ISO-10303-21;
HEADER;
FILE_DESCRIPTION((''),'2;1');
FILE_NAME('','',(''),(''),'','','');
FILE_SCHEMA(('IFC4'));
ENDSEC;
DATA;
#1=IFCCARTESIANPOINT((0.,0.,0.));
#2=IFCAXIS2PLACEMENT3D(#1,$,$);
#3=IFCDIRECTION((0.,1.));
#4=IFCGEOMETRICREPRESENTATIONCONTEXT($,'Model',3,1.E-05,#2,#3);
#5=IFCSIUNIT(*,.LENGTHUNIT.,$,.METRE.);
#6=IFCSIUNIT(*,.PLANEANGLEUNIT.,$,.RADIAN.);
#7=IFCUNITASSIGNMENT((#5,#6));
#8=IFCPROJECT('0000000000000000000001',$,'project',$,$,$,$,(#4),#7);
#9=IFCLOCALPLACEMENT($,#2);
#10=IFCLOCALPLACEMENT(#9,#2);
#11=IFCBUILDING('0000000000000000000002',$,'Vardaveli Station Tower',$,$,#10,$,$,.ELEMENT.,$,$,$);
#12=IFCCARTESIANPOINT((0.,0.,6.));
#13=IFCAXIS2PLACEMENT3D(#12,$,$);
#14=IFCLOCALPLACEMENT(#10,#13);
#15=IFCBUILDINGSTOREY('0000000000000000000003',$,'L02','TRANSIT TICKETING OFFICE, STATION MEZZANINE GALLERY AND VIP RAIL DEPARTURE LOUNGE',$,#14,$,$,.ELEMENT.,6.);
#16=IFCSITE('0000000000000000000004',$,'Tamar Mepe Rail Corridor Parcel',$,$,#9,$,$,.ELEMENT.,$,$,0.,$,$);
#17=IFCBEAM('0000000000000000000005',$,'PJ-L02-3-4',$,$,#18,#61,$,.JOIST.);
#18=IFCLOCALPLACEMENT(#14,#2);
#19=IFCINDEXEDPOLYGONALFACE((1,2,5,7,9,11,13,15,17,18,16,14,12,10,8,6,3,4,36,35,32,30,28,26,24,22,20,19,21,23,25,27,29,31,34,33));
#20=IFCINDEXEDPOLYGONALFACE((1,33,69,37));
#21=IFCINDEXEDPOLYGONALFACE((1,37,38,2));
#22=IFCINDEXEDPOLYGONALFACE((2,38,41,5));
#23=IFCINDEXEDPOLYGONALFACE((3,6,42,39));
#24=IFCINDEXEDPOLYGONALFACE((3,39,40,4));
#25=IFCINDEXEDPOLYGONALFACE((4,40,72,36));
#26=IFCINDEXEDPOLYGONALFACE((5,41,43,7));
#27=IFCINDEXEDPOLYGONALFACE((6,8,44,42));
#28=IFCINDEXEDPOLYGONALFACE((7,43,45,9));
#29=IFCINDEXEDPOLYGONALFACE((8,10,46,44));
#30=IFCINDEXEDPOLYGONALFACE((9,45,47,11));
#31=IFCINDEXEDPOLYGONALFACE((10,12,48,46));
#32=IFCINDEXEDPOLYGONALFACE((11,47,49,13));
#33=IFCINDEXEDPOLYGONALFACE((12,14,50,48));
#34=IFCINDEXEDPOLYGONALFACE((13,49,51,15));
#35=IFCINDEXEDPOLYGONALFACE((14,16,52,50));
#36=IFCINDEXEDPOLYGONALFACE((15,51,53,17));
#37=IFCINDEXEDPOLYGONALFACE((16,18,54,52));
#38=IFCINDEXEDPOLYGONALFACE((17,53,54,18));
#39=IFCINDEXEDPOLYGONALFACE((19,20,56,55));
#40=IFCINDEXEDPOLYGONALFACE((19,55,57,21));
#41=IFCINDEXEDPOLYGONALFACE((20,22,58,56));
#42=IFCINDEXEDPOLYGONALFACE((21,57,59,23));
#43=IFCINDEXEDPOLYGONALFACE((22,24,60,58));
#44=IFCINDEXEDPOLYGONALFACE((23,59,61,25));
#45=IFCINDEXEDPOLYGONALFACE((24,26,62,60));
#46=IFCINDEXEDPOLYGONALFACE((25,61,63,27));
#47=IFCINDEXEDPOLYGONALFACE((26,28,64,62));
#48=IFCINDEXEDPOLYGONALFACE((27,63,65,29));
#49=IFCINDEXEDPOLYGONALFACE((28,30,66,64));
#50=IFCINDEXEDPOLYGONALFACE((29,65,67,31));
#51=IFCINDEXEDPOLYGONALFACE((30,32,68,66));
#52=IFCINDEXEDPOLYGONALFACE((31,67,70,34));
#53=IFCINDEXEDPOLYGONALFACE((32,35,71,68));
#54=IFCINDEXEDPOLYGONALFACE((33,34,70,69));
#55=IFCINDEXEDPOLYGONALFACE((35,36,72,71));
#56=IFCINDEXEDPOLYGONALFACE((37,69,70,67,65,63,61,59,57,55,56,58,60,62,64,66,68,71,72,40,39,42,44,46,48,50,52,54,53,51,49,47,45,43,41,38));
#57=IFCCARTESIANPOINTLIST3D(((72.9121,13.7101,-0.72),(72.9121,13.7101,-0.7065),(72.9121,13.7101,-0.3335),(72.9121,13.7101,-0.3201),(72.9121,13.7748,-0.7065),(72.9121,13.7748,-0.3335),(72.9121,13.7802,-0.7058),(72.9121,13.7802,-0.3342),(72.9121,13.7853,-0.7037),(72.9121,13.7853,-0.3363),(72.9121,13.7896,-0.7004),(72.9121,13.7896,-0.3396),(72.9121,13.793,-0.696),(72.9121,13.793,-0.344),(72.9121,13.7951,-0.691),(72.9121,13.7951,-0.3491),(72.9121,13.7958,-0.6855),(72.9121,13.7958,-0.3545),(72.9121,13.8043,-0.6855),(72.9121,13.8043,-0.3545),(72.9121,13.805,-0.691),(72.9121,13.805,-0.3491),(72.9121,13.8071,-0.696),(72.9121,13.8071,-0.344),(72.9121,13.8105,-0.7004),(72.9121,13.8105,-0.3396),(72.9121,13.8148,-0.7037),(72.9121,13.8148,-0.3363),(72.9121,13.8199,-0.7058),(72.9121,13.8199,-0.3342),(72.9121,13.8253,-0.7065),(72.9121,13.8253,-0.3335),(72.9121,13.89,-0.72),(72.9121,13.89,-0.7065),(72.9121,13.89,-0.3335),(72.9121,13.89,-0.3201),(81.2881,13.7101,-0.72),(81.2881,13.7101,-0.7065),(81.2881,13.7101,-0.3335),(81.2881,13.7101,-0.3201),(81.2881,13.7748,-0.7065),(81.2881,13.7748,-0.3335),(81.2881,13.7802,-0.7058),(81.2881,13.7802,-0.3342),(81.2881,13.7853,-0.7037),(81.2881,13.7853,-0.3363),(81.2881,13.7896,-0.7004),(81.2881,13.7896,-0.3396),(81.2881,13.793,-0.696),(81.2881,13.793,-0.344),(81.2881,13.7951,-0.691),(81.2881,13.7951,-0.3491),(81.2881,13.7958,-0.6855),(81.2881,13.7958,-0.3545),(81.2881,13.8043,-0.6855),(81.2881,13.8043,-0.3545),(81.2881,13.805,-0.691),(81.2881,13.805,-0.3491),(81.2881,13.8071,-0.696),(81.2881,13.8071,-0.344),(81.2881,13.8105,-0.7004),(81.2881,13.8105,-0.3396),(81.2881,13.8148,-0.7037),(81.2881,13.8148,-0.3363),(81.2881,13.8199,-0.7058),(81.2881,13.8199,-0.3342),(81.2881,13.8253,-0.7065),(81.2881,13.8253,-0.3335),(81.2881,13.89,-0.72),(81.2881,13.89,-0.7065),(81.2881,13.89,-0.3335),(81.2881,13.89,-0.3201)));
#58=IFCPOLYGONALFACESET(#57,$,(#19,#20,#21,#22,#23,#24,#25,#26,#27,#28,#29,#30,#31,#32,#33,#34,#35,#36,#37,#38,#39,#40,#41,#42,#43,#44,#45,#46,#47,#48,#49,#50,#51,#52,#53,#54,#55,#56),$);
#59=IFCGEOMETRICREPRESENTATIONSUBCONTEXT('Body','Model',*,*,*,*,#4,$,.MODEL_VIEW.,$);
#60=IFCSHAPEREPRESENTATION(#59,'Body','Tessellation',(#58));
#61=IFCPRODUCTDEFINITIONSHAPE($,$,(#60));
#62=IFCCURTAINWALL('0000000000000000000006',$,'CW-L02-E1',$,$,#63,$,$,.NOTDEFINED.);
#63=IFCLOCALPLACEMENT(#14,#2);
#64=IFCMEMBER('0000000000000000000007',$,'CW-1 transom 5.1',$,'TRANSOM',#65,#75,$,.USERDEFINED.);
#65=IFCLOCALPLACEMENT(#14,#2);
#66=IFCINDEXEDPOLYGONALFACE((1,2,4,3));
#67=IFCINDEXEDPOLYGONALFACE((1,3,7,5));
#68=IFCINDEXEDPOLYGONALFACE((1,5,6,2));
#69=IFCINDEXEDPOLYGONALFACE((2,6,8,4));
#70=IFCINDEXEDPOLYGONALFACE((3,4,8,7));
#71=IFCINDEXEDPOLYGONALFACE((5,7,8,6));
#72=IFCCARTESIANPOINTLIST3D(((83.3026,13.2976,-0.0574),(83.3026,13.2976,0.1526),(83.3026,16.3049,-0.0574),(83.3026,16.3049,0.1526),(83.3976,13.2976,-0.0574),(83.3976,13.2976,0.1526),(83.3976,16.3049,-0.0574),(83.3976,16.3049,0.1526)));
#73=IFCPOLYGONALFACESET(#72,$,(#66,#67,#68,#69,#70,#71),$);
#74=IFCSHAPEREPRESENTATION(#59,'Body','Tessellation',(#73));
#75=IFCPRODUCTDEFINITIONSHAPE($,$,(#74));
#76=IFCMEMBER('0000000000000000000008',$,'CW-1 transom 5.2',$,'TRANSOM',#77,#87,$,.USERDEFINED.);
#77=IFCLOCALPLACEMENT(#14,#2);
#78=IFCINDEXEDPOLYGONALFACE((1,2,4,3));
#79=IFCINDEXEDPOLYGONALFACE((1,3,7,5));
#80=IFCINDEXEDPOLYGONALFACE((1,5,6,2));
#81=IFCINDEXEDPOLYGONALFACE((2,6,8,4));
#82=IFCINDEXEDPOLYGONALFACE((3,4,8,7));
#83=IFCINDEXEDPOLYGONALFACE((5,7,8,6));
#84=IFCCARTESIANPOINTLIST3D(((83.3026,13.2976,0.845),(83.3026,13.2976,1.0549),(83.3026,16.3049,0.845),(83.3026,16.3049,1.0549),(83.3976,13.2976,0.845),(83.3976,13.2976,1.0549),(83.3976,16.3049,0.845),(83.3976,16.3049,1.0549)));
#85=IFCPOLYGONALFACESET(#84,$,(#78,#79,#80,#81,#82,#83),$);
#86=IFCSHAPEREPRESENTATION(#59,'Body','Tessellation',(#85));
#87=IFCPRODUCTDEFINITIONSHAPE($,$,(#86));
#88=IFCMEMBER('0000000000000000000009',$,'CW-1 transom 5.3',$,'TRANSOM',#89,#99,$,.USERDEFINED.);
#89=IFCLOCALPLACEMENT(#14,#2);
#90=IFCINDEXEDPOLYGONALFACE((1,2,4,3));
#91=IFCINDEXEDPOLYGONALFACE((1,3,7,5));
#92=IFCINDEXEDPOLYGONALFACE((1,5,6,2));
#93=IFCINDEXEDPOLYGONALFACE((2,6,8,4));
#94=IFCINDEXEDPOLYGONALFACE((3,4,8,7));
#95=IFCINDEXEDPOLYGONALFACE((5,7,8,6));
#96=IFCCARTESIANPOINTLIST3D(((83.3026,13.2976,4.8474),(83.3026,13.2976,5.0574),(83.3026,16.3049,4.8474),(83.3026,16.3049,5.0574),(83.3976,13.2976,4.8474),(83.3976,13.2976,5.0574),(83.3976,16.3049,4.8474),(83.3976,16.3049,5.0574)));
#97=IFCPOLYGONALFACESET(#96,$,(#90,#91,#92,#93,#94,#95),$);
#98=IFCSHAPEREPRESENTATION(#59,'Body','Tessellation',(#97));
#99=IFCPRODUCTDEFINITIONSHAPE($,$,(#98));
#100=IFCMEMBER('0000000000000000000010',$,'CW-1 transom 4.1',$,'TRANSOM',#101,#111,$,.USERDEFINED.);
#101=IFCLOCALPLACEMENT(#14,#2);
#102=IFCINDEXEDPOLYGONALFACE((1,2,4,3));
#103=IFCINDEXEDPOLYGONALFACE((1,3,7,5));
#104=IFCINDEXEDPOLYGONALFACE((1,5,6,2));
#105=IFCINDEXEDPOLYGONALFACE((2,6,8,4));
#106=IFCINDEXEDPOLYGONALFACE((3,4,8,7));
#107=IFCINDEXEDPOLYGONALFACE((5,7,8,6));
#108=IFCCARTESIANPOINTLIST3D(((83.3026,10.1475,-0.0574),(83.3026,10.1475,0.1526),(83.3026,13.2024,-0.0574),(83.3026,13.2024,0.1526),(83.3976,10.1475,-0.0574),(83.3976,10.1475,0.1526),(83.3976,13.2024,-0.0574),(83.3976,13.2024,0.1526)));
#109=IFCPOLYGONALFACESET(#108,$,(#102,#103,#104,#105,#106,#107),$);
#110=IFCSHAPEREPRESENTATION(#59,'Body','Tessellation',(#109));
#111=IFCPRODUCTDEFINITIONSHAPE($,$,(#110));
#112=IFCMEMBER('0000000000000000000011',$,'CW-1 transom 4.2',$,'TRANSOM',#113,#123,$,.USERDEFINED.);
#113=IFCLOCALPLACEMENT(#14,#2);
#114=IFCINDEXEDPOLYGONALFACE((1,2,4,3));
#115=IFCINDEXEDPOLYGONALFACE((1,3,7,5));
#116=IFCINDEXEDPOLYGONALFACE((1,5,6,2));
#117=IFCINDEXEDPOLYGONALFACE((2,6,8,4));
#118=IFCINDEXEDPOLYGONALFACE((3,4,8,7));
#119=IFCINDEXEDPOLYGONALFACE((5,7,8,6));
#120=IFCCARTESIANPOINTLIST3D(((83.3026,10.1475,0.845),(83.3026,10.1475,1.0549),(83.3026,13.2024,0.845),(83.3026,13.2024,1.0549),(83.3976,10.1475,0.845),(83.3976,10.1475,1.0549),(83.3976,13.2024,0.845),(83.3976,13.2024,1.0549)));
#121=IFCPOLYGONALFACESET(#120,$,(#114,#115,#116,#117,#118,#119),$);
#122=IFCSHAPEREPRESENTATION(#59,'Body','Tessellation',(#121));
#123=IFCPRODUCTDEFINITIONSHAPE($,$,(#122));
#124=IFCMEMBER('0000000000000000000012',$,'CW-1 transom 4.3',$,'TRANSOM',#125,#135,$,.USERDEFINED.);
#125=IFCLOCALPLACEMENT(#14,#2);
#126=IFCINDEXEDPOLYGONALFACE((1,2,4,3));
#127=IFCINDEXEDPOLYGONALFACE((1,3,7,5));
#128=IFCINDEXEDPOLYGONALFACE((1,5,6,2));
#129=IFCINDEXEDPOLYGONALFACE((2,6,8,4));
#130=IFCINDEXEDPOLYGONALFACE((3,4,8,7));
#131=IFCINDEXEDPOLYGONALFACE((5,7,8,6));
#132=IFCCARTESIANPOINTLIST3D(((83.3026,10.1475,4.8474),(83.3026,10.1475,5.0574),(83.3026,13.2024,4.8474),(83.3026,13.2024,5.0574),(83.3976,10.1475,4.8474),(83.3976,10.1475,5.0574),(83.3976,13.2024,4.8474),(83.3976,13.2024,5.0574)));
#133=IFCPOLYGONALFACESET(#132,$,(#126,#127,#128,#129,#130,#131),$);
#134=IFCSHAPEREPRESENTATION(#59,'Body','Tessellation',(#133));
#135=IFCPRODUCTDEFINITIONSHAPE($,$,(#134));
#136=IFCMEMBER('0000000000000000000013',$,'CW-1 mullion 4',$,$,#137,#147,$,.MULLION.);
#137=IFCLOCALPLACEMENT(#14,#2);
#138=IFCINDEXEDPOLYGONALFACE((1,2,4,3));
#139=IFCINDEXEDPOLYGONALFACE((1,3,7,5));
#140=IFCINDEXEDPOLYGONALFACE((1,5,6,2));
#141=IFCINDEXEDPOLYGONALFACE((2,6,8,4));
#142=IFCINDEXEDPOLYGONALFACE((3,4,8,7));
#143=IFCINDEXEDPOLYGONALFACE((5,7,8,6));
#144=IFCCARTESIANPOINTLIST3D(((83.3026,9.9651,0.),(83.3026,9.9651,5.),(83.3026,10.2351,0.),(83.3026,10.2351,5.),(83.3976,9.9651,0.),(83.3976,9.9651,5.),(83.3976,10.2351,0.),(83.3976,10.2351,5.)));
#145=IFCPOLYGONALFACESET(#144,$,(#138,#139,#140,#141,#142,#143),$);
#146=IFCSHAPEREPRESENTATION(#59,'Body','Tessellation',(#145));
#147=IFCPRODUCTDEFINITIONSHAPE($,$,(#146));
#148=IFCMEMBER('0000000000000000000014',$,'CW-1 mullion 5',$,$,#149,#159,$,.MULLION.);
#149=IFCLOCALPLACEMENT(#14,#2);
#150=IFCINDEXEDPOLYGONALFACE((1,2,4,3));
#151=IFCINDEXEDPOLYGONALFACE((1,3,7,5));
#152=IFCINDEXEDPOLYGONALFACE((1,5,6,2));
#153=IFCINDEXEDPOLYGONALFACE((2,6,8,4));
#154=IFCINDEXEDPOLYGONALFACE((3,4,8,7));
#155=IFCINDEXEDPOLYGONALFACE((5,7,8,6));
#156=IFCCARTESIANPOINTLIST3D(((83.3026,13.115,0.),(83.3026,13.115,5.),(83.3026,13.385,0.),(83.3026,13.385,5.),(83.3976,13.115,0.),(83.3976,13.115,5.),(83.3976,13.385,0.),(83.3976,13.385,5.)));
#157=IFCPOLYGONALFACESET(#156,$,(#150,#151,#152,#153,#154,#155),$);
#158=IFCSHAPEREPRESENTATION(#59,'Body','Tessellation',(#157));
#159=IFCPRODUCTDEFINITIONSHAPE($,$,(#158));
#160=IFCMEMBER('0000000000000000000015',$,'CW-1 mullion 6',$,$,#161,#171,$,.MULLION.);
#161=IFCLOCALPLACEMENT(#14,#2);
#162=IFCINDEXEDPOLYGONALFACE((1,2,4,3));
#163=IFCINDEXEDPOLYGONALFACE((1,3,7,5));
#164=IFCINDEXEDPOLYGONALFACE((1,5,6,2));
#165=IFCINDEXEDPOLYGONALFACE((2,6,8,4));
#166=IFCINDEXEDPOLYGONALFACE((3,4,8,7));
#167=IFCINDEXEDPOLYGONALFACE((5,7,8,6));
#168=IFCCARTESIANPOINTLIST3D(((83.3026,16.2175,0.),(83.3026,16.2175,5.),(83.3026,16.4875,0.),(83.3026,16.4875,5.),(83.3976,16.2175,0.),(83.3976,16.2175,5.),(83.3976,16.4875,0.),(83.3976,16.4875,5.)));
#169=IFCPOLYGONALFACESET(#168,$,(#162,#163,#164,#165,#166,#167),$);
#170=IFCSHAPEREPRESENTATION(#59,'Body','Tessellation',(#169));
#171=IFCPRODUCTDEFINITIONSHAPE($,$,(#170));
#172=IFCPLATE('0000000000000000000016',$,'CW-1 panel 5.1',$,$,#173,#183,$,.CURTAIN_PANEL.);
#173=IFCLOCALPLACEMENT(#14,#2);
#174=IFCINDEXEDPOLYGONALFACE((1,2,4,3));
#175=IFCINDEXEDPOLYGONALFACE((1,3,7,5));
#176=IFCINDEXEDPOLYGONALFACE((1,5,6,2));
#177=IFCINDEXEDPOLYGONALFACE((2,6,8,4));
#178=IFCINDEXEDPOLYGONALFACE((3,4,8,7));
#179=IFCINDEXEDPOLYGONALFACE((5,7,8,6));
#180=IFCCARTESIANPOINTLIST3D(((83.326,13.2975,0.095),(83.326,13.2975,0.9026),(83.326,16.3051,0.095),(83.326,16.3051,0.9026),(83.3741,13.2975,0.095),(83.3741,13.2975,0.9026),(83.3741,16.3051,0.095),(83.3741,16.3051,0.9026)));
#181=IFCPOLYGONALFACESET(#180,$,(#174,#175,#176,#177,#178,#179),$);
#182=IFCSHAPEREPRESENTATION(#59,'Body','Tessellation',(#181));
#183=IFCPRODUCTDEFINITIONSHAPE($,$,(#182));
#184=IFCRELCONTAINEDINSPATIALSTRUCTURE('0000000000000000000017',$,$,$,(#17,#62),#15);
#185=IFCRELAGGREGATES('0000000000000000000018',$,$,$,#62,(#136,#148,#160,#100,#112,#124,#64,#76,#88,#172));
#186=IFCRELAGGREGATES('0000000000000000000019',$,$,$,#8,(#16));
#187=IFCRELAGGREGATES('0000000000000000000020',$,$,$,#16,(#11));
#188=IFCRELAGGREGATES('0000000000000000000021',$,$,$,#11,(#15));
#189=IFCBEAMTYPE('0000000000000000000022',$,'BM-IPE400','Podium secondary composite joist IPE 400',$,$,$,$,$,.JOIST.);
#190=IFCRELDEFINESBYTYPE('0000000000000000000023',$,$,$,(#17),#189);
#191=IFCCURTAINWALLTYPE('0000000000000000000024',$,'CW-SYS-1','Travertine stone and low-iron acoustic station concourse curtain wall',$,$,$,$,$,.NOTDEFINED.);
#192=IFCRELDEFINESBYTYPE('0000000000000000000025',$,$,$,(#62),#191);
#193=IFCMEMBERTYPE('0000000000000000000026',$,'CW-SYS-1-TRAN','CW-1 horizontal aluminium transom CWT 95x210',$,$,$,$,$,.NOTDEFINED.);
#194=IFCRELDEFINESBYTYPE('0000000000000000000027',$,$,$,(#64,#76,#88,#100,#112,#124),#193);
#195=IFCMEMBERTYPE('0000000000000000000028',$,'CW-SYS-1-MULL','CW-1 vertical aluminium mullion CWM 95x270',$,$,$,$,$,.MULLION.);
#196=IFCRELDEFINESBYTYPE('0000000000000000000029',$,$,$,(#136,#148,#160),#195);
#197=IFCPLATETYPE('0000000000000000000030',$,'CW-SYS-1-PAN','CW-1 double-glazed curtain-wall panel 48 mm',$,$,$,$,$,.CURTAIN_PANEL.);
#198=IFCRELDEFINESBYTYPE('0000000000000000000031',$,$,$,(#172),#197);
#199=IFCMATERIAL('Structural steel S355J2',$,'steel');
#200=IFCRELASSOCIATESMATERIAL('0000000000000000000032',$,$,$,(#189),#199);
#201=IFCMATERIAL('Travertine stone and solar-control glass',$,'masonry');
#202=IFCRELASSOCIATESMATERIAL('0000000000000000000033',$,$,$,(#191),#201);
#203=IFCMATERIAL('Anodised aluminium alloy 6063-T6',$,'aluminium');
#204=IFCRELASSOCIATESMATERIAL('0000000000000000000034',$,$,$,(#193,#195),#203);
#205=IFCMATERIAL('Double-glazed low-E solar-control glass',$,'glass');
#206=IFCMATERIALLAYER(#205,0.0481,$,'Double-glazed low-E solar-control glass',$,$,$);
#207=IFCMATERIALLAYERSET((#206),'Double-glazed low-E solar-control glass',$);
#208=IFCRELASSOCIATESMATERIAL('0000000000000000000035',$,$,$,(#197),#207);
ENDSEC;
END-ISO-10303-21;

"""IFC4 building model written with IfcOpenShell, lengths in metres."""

from ifc_helpers import new_model, si_unit, direction, frame, origin, origin_2d, place, context, subcontext, project, spatial, rectangle, i_section, extrude, source, transform, mapped, material, layer, layer_set, material_profile, profile_set, type_object, element, aggregate, save


model = new_model("IFC4")

# Units and contexts
model_context = context("Model", 3, precision=1e-05, world=origin(), true_north=direction((0.0, 1.0)))
body_context = subcontext(model_context, "Body", "Model", "MODEL_VIEW")
ifc_project = project(units=[si_unit("LENGTHUNIT", "METRE"), si_unit("PLANEANGLEUNIT", "RADIAN")], contexts=[model_context])

# Site, building, storey
site_placement = place(None, origin())
site = spatial("IfcSite", under=ifc_project, at=site_placement, Name="Tamar Mepe Rail Corridor Parcel", CompositionType="ELEMENT", RefElevation=0.0)
building_placement = place(site_placement, origin())
building = spatial("IfcBuilding", under=site, at=building_placement, Name="Vardaveli Station Tower", CompositionType="ELEMENT")
storey_placement = place(building_placement, frame((0.0, 0.0, 6.0)))
storey = spatial("IfcBuildingStorey", under=building, at=storey_placement, Name="L02", Description="TRANSIT TICKETING OFFICE, STATION MEZZANINE GALLERY AND VIP RAIL DEPARTURE LOUNGE", CompositionType="ELEMENT", Elevation=6.0)

# Beam
ifc_material_1 = material(Name="Structural steel S355J2", Category="steel")
ifc_material_profile_1 = material_profile(ifc_material_1, i_section(OverallWidth=0.1799, OverallDepth=0.3999, WebThickness=0.0085, FlangeThickness=0.0134, FilletRadius=0.021, at=origin_2d()), Name="IPE 400")
ifc_profile_set_1 = profile_set([ifc_material_profile_1], Name="Structural steel S355J2")
beam_type_1 = type_object("IfcBeamType", Name="BM-IPE400", Description="Podium secondary composite joist IPE 400", PredefinedType="JOIST", material=ifc_profile_set_1)
shared_shape_1 = source(origin(), body_context, "Body", "SweptSolid", [
    extrude(i_section(OverallWidth=0.1799, OverallDepth=0.3999, WebThickness=0.0085, FlangeThickness=0.0134, FilletRadius=0.021, at=origin_2d()), origin(), (0.0, 0.0, 1.0), 8.376),
])
for number, where, z_axis, x_axis, name in (
    (1, (72.9121, 13.8, -0.52), (1.0, 0.0, 0.0), (0.0, 1.0, 0.0), "PJ-L02-3-4"),
):
    element("IfcBeam", number, at=place(storey_placement, frame(where, z_axis=z_axis, x_axis=x_axis)), inside=storey, type_object=beam_type_1, Name=name, PredefinedType="JOIST", context=body_context, shape_type="MappedRepresentation", body=[
        mapped(shared_shape_1, transform((0.0, 0.0, 0.0), scale=1.0)),
    ])

# Curtain wall, members, plate
ifc_material_2 = material(Name="Travertine stone and solar-control glass", Category="masonry")
curtain_wall_type = type_object("IfcCurtainWallType", Name="CW-SYS-1", Description="Travertine stone and low-iron acoustic station concourse curtain wall", PredefinedType="NOTDEFINED", material=ifc_material_2)
curtain_wall_placement = place(storey_placement, origin())
curtain_wall = element("IfcCurtainWall", 2, at=curtain_wall_placement, inside=storey, type_object=curtain_wall_type, Name="CW-L02-E1", PredefinedType="NOTDEFINED")
ifc_material_3 = material(Name="Anodised aluminium alloy 6063-T6", Category="aluminium")
ifc_material_profile_2 = material_profile(ifc_material_3, rectangle(XDim=0.095, YDim=0.21, at=origin_2d()), Name="CWT 95x210")
ifc_profile_set_2 = profile_set([ifc_material_profile_2], Name="Anodised aluminium alloy 6063-T6")
member_type_1 = type_object("IfcMemberType", Name="CW-SYS-1-TRAN", Description="CW-1 horizontal aluminium transom CWT 95x210", PredefinedType="NOTDEFINED", material=ifc_profile_set_2)
shared_shape_2 = source(origin(), body_context, "Body", "SweptSolid", [
    extrude(rectangle(XDim=0.095, YDim=0.21, at=origin_2d()), origin(), (0.0, 0.0, 1.0), 3.0073),
])
member_1_placement = place(storey_placement, frame((83.3501, 13.2976, 0.0476), z_axis=(0.0, 1.0, 0.0), x_axis=(-1.0, 0.0, 0.0)))
member_1 = element("IfcMember", 3, at=member_1_placement, type_object=member_type_1, Name="CW-1 transom 5.1", ObjectType="TRANSOM", PredefinedType="USERDEFINED", context=body_context, shape_type="MappedRepresentation", body=[
    mapped(shared_shape_2, transform((0.0, 0.0, 0.0), scale=1.0)),
])
member_2_placement = place(storey_placement, frame((83.3501, 13.2976, 0.95), z_axis=(0.0, 1.0, 0.0), x_axis=(-1.0, 0.0, 0.0)))
member_2 = element("IfcMember", 4, at=member_2_placement, type_object=member_type_1, Name="CW-1 transom 5.2", ObjectType="TRANSOM", PredefinedType="USERDEFINED", context=body_context, shape_type="MappedRepresentation", body=[
    mapped(shared_shape_2, transform((0.0, 0.0, 0.0), scale=1.0)),
])
member_3_placement = place(storey_placement, frame((83.3501, 13.2976, 4.9524), z_axis=(0.0, 1.0, 0.0), x_axis=(-1.0, 0.0, 0.0)))
member_3 = element("IfcMember", 5, at=member_3_placement, type_object=member_type_1, Name="CW-1 transom 5.3", ObjectType="TRANSOM", PredefinedType="USERDEFINED", context=body_context, shape_type="MappedRepresentation", body=[
    mapped(shared_shape_2, transform((0.0, 0.0, 0.0), scale=1.0)),
])
shared_shape_3 = source(origin(), body_context, "Body", "SweptSolid", [
    extrude(rectangle(XDim=0.095, YDim=0.21, at=origin_2d()), origin(), (0.0, 0.0, 1.0), 3.0549),
])
member_4_placement = place(storey_placement, frame((83.3501, 10.1475, 0.0476), z_axis=(0.0, 1.0, 0.0), x_axis=(-1.0, 0.0, 0.0)))
member_4 = element("IfcMember", 6, at=member_4_placement, type_object=member_type_1, Name="CW-1 transom 4.1", ObjectType="TRANSOM", PredefinedType="USERDEFINED", context=body_context, shape_type="MappedRepresentation", body=[
    mapped(shared_shape_3, transform((0.0, 0.0, 0.0), scale=1.0)),
])
member_5_placement = place(storey_placement, frame((83.3501, 10.1475, 0.95), z_axis=(0.0, 1.0, 0.0), x_axis=(-1.0, 0.0, 0.0)))
member_5 = element("IfcMember", 7, at=member_5_placement, type_object=member_type_1, Name="CW-1 transom 4.2", ObjectType="TRANSOM", PredefinedType="USERDEFINED", context=body_context, shape_type="MappedRepresentation", body=[
    mapped(shared_shape_3, transform((0.0, 0.0, 0.0), scale=1.0)),
])
member_6_placement = place(storey_placement, frame((83.3501, 10.1475, 4.9524), z_axis=(0.0, 1.0, 0.0), x_axis=(-1.0, 0.0, 0.0)))
member_6 = element("IfcMember", 8, at=member_6_placement, type_object=member_type_1, Name="CW-1 transom 4.3", ObjectType="TRANSOM", PredefinedType="USERDEFINED", context=body_context, shape_type="MappedRepresentation", body=[
    mapped(shared_shape_3, transform((0.0, 0.0, 0.0), scale=1.0)),
])
ifc_material_profile_3 = material_profile(ifc_material_3, rectangle(XDim=0.095, YDim=0.27, at=origin_2d()), Name="CWM 95x270")
ifc_profile_set_3 = profile_set([ifc_material_profile_3], Name="Anodised aluminium alloy 6063-T6")
member_type_2 = type_object("IfcMemberType", Name="CW-SYS-1-MULL", Description="CW-1 vertical aluminium mullion CWM 95x270", PredefinedType="MULLION", material=ifc_profile_set_3)
shared_shape_4 = source(origin(), body_context, "Body", "SweptSolid", [
    extrude(rectangle(XDim=0.095, YDim=0.27, at=origin_2d()), origin(), (0.0, 0.0, 1.0), 5.0),
])
member_7_placement = place(storey_placement, frame((83.3501, 10.1001, 0.0), z_axis=(0.0, 0.0, 1.0), x_axis=(-1.0, 0.0, 0.0)))
member_7 = element("IfcMember", 9, at=member_7_placement, type_object=member_type_2, Name="CW-1 mullion 4", PredefinedType="MULLION", context=body_context, shape_type="MappedRepresentation", body=[
    mapped(shared_shape_4, transform((0.0, 0.0, 0.0), scale=1.0)),
])
member_8_placement = place(storey_placement, frame((83.3501, 13.25, 0.0), z_axis=(0.0, 0.0, 1.0), x_axis=(-1.0, 0.0, 0.0)))
member_8 = element("IfcMember", 10, at=member_8_placement, type_object=member_type_2, Name="CW-1 mullion 5", PredefinedType="MULLION", context=body_context, shape_type="MappedRepresentation", body=[
    mapped(shared_shape_4, transform((0.0, 0.0, 0.0), scale=1.0)),
])
member_9_placement = place(storey_placement, frame((83.3501, 16.3525, 0.0), z_axis=(0.0, 0.0, 1.0), x_axis=(-1.0, 0.0, 0.0)))
member_9 = element("IfcMember", 11, at=member_9_placement, type_object=member_type_2, Name="CW-1 mullion 6", PredefinedType="MULLION", context=body_context, shape_type="MappedRepresentation", body=[
    mapped(shared_shape_4, transform((0.0, 0.0, 0.0), scale=1.0)),
])
ifc_material_4 = material(Name="Double-glazed low-E solar-control glass", Category="glass")
ifc_layer_1 = layer(ifc_material_4, 0.0481, Name="Double-glazed low-E solar-control glass")
ifc_layer_set_1 = layer_set([ifc_layer_1], Name="Double-glazed low-E solar-control glass")
plate_type = type_object("IfcPlateType", Name="CW-SYS-1-PAN", Description="CW-1 double-glazed curtain-wall panel 48 mm", PredefinedType="CURTAIN_PANEL", material=ifc_layer_set_1)
shared_shape_5 = source(origin(), body_context, "Body", "SweptSolid", [
    extrude(rectangle(XDim=3.0076, YDim=0.0481, at=origin_2d()), origin(), (0.0, 0.0, 1.0), 0.8076),
])
plate_1_placement = place(storey_placement, frame((83.3501, 14.8013, 0.095), z_axis=(0.0, 0.0, 1.0), x_axis=(0.0, 1.0, 0.0)))
plate_1 = element("IfcPlate", 12, at=plate_1_placement, type_object=plate_type, Name="CW-1 panel 5.1", PredefinedType="CURTAIN_PANEL", context=body_context, shape_type="MappedRepresentation", body=[
    mapped(shared_shape_5, transform((0.0, 0.0, 0.0), scale=1.0)),
])
aggregate(curtain_wall, [member_7, member_8, member_9, member_4, member_5, member_6, member_1, member_2, member_3, plate_1])

save(model, "model.ifc")
